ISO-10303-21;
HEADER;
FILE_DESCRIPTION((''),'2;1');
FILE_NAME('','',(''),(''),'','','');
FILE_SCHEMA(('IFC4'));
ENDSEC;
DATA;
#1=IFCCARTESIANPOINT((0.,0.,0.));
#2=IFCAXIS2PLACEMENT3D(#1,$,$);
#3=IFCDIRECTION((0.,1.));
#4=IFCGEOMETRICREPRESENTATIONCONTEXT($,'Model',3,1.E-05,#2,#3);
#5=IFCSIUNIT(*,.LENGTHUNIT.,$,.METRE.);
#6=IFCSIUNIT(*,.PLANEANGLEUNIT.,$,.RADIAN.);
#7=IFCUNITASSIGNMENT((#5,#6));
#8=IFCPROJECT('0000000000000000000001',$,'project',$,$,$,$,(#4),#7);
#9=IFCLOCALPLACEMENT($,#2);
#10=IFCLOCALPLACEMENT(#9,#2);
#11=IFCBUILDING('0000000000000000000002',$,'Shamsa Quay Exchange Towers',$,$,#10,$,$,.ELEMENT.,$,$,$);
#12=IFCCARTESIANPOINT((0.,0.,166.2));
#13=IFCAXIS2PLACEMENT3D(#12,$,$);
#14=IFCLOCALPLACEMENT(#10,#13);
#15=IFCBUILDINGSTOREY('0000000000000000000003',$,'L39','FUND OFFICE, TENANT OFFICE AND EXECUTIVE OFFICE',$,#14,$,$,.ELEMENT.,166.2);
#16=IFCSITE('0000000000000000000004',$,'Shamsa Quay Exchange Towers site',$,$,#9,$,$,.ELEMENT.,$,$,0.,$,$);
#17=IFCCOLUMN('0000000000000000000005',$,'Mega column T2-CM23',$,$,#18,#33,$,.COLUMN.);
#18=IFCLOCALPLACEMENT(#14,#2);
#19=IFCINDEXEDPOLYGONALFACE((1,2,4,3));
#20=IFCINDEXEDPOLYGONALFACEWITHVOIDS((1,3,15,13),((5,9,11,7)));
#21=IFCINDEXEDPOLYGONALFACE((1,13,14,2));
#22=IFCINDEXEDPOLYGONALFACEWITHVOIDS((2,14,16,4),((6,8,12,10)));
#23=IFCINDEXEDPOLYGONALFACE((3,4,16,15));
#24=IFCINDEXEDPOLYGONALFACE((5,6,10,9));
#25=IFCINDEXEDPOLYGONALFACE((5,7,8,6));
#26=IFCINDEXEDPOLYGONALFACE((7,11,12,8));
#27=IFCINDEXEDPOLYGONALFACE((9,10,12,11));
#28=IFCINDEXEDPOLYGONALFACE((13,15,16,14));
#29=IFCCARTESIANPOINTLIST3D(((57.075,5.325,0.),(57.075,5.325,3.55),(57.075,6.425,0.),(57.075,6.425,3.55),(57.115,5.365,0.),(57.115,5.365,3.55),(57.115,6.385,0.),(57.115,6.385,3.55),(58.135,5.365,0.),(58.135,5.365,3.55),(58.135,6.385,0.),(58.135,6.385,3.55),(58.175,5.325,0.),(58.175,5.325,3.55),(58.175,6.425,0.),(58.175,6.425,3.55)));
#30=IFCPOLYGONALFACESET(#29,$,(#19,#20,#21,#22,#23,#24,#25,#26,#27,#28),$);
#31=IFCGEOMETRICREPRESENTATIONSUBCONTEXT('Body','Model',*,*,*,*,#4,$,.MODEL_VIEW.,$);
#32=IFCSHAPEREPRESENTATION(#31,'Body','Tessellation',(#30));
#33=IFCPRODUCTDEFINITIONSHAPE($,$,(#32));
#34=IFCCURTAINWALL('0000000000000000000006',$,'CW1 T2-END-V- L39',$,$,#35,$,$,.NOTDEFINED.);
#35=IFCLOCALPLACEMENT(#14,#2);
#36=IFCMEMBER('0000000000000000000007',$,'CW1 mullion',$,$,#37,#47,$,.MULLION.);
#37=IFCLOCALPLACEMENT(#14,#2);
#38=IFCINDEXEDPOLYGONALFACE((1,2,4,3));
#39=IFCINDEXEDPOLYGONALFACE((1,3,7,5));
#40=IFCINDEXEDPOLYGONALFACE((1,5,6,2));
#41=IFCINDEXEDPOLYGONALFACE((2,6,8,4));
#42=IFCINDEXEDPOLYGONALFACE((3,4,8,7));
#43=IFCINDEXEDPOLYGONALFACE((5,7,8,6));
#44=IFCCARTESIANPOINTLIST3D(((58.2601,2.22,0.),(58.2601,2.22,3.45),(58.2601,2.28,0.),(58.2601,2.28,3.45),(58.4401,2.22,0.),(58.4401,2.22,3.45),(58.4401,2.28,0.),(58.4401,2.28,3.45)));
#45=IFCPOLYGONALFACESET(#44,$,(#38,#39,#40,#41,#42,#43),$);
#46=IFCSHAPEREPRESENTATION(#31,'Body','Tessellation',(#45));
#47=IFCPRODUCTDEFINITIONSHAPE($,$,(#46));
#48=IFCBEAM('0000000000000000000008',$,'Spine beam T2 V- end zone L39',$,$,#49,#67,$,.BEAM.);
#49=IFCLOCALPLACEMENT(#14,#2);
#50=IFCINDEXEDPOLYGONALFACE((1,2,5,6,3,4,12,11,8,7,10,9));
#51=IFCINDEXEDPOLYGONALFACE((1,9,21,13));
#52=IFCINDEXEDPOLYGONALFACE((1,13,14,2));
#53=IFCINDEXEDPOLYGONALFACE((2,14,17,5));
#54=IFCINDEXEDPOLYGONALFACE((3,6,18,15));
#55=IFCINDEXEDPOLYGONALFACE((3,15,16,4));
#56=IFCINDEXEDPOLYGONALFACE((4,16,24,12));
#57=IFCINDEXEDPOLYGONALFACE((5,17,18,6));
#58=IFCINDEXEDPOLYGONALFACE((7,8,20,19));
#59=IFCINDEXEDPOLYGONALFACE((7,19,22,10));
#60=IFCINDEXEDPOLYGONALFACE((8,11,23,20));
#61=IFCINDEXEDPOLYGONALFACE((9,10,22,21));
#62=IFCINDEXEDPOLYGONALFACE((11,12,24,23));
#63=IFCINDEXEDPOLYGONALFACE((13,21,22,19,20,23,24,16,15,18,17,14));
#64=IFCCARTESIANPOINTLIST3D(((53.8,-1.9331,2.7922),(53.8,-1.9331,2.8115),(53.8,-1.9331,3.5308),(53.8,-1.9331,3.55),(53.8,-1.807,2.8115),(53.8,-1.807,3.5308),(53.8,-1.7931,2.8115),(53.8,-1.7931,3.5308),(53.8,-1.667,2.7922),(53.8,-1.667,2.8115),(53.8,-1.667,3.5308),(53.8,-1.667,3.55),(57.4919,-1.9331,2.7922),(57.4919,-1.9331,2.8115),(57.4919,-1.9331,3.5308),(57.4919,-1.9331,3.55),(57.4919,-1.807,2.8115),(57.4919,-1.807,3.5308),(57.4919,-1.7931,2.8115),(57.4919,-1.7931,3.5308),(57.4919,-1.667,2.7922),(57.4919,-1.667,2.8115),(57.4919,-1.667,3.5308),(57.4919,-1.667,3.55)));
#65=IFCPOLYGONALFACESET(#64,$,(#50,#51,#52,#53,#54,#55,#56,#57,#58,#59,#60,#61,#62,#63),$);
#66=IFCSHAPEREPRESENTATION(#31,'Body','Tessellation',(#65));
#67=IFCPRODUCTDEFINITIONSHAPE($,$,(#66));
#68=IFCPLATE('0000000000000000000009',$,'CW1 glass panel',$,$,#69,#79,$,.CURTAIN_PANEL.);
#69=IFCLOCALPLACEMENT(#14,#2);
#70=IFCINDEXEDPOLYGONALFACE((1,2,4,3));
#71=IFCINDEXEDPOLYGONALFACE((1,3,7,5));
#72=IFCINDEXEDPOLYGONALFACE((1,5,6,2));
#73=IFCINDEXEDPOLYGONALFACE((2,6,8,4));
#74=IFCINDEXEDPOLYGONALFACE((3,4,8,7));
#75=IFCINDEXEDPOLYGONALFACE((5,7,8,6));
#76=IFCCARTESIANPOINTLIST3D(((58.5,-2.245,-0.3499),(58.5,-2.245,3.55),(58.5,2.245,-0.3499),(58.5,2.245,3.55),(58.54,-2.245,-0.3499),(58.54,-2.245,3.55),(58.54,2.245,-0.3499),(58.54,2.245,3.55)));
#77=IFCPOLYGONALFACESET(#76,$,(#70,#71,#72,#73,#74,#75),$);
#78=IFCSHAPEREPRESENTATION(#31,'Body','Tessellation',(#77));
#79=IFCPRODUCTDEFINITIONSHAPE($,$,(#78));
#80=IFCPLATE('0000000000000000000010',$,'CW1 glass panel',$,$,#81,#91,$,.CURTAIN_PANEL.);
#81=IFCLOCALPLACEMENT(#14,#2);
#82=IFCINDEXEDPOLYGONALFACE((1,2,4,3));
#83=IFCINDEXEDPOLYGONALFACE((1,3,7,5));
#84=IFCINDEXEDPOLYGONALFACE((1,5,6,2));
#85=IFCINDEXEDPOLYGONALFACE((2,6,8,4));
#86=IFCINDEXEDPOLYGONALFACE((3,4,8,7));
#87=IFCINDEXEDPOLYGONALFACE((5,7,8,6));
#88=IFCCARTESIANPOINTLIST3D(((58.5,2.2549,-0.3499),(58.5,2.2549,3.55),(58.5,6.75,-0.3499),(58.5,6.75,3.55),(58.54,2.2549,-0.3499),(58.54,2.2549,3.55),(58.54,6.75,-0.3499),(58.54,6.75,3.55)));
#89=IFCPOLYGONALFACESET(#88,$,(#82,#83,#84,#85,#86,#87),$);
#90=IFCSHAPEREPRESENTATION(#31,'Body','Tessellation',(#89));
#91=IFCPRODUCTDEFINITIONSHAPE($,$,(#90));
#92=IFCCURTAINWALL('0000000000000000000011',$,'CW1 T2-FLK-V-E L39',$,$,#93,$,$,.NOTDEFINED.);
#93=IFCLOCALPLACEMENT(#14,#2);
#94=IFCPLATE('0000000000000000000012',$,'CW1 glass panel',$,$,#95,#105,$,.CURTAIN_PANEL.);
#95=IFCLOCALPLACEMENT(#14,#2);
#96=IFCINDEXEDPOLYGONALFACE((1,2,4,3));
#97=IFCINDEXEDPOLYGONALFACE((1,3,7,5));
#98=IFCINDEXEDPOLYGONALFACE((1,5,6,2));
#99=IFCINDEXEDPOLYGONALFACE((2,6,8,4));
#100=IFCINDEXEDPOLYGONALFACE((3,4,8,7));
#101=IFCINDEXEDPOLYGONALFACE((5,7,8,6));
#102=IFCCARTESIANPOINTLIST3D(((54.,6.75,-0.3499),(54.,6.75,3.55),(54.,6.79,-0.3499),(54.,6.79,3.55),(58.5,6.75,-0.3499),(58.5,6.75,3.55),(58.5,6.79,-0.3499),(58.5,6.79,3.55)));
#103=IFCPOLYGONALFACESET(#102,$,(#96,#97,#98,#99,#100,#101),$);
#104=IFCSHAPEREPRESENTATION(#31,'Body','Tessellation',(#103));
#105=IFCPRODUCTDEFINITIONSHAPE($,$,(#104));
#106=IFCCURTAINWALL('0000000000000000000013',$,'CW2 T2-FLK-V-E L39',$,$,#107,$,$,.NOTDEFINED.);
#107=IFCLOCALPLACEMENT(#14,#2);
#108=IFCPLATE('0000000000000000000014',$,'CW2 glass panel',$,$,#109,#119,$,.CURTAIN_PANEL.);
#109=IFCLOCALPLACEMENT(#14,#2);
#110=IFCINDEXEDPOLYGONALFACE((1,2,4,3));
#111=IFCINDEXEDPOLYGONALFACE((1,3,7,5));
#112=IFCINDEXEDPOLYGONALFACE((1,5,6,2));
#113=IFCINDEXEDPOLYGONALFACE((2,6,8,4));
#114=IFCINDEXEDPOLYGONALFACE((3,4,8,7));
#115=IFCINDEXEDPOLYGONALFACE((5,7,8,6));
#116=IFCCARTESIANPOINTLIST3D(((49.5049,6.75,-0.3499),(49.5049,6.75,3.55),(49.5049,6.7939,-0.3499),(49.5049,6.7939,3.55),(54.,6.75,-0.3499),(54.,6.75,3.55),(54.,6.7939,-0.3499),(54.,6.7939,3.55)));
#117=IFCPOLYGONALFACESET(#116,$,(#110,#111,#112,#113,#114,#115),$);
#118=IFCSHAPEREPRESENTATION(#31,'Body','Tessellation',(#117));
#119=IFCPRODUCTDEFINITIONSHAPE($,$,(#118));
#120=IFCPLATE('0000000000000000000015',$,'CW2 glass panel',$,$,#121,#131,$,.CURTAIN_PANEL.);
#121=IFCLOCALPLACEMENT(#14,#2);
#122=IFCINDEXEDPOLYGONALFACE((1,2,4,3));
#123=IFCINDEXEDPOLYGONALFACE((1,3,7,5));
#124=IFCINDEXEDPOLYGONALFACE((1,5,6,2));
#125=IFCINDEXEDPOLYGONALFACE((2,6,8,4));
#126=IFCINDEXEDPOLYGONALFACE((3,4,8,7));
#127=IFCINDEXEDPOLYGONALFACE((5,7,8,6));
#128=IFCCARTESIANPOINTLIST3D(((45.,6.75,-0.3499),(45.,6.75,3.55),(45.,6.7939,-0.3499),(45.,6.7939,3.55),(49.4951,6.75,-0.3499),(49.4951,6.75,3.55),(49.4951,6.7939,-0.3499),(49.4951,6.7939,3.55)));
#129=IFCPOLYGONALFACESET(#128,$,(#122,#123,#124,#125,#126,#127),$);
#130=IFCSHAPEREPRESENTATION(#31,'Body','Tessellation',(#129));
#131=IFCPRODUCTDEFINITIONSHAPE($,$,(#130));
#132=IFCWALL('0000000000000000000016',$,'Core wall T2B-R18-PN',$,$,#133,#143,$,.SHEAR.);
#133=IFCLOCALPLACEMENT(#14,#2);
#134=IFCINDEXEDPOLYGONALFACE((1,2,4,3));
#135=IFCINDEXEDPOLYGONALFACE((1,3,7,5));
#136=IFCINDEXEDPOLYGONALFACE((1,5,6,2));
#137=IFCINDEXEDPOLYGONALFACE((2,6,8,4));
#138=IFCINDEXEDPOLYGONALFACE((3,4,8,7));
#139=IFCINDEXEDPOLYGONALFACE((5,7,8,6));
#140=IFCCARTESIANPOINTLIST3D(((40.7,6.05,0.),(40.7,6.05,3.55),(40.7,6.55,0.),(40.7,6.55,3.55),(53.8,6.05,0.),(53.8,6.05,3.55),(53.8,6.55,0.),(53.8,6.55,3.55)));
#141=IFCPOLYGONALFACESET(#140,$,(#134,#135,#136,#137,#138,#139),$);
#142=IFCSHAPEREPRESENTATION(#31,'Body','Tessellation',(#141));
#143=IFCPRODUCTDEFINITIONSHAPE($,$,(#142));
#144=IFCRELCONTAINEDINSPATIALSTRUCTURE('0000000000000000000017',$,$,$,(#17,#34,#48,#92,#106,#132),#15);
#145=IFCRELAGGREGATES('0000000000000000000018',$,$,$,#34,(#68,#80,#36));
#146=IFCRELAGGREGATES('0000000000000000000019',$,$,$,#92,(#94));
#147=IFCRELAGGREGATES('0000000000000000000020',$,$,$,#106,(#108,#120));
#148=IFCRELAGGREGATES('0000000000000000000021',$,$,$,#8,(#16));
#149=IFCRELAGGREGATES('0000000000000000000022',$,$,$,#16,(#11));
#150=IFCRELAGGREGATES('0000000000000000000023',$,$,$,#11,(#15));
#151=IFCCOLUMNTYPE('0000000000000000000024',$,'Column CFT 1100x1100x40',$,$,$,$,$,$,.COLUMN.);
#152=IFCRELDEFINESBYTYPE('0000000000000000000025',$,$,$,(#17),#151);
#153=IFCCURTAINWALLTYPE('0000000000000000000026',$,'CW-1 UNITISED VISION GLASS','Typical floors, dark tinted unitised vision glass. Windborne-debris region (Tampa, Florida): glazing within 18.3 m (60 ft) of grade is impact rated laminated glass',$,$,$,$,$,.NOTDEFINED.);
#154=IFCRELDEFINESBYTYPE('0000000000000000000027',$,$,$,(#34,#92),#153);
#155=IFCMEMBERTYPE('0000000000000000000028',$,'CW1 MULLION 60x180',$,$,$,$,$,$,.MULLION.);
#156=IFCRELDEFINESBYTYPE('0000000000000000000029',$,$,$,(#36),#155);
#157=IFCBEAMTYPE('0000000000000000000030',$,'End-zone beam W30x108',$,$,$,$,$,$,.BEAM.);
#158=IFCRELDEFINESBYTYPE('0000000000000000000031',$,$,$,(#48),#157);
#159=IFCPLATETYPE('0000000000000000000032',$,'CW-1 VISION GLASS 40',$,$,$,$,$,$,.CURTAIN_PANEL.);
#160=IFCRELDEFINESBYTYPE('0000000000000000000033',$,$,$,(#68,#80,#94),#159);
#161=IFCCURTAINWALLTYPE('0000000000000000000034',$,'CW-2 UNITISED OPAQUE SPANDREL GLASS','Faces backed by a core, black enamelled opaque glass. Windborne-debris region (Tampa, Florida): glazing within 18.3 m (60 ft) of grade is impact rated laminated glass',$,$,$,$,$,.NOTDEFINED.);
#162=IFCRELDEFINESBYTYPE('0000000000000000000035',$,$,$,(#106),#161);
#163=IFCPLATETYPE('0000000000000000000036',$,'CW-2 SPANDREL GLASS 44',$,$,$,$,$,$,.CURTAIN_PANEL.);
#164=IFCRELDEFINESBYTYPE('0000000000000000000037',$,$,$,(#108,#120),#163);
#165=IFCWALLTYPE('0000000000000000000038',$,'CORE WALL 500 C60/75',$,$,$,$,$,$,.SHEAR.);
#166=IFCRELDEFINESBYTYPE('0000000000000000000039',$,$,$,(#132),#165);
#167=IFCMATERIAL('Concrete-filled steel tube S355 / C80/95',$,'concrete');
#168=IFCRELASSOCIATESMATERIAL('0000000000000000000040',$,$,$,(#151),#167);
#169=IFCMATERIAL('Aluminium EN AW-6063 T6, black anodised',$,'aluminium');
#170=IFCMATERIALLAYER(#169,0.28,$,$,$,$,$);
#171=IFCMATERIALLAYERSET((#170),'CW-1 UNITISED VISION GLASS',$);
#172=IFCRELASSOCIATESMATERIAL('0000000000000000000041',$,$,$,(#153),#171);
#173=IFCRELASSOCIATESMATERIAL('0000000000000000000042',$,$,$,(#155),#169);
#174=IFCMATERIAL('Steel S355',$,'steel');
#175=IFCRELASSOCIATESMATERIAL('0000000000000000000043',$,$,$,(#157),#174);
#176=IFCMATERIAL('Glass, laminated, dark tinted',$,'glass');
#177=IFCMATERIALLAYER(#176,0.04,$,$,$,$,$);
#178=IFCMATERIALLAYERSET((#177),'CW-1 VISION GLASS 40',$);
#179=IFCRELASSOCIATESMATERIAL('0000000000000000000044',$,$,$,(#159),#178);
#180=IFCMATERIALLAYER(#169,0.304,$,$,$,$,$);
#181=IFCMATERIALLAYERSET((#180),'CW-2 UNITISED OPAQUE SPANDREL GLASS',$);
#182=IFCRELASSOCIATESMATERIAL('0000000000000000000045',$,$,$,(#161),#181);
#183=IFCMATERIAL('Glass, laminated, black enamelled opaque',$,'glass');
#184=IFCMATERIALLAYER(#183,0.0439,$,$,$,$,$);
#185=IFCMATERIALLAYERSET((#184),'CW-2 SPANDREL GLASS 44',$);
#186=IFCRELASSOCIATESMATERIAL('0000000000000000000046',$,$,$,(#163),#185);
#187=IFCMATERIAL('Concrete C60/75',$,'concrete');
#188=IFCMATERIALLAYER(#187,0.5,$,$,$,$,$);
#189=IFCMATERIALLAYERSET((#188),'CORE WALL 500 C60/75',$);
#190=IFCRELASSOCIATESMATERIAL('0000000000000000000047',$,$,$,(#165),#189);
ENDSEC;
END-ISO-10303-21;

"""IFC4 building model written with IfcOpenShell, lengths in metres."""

from ifc_helpers import new_model, si_unit, direction, frame, frame_2d, origin, origin_2d, place, context, subcontext, project, spatial, rectangle, hollow_rectangle, i_section, extrude, material, layer, layer_set, material_profile, profile_set, type_object, element, aggregate, save


model = new_model("IFC4")

# Units and contexts
model_context = context("Model", 3, precision=1e-05, world=origin(), true_north=direction((0.0, 1.0)))
body_context = subcontext(model_context, "Body", "Model", "MODEL_VIEW")
ifc_project = project(units=[si_unit("LENGTHUNIT", "METRE"), si_unit("PLANEANGLEUNIT", "RADIAN")], contexts=[model_context])

# Site, building, storey
site_placement = place(None, origin())
site = spatial("IfcSite", under=ifc_project, at=site_placement, Name="Shamsa Quay Exchange Towers site", CompositionType="ELEMENT", RefElevation=0.0)
building_placement = place(site_placement, origin())
building = spatial("IfcBuilding", under=site, at=building_placement, Name="Shamsa Quay Exchange Towers", CompositionType="ELEMENT")
storey_placement = place(building_placement, frame((0.0, 0.0, 166.2)))
storey = spatial("IfcBuildingStorey", under=building, at=storey_placement, Name="L39", Description="FUND OFFICE, TENANT OFFICE AND EXECUTIVE OFFICE", CompositionType="ELEMENT", Elevation=166.2)

# Column
ifc_material_1 = material(Name="Concrete-filled steel tube S355 / C80/95", Category="concrete")
ifc_material_profile_1 = material_profile(ifc_material_1, hollow_rectangle(XDim=1.1001, YDim=1.1001, WallThickness=0.04, at=origin_2d()), Name="CFT 1100x1100x40")
ifc_profile_set_1 = profile_set([ifc_material_profile_1], Name="Concrete-filled steel tube S355 / C80/95")
column_type = type_object("IfcColumnType", Name="Column CFT 1100x1100x40", PredefinedType="COLUMN", material=ifc_profile_set_1)
column_placement = place(storey_placement, frame((57.625, 5.875, 0.0)))
element("IfcColumn", 1, at=column_placement, inside=storey, type_object=column_type, Name="Mega column T2-CM23", PredefinedType="COLUMN", context=body_context, shape_type="SweptSolid", body=[
    extrude(hollow_rectangle(XDim=1.1001, YDim=1.1001, WallThickness=0.04, at=origin_2d()), origin(), (0.0, 0.0, 1.0), 3.55),
])

# Curtain wall, member
ifc_material_2 = material(Name="Aluminium EN AW-6063 T6, black anodised", Category="aluminium")
ifc_layer_1 = layer(ifc_material_2, 0.28)
ifc_layer_set_1 = layer_set([ifc_layer_1], Name="CW-1 UNITISED VISION GLASS")
curtain_wall_type_1 = type_object("IfcCurtainWallType", Name="CW-1 UNITISED VISION GLASS", Description="Typical floors, dark tinted unitised vision glass. Windborne-debris region (Tampa, Florida): glazing within 18.3 m (60 ft) of grade is impact rated laminated glass", PredefinedType="NOTDEFINED", material=ifc_layer_set_1)
curtain_wall_1_placement = place(storey_placement, origin())
curtain_wall_1 = element("IfcCurtainWall", 2, at=curtain_wall_1_placement, inside=storey, type_object=curtain_wall_type_1, Name="CW1 T2-END-V- L39", PredefinedType="NOTDEFINED")
ifc_material_profile_2 = material_profile(ifc_material_2, rectangle(XDim=0.1799, YDim=0.0601, at=origin_2d()), Name="MU60x180")
ifc_profile_set_2 = profile_set([ifc_material_profile_2], Name="Aluminium EN AW-6063 T6, black anodised")
member_type = type_object("IfcMemberType", Name="CW1 MULLION 60x180", PredefinedType="MULLION", material=ifc_profile_set_2)
member_placement = place(storey_placement, frame((58.3501, 2.25, 0.0), z_axis=(0.0, 0.0, 1.0), x_axis=(-1.0, 0.0, 0.0)))
member = element("IfcMember", 3, at=member_placement, type_object=member_type, Name="CW1 mullion", PredefinedType="MULLION", context=body_context, shape_type="SweptSolid", body=[
    extrude(rectangle(XDim=0.1799, YDim=0.0601, at=origin_2d()), origin(), (0.0, 0.0, 1.0), 3.45),
])

# Beam
ifc_material_3 = material(Name="Steel S355", Category="steel")
ifc_material_profile_3 = material_profile(ifc_material_3, i_section(OverallWidth=0.2661, OverallDepth=0.7578, WebThickness=0.0139, FlangeThickness=0.0193, at=origin_2d()), Name="W30x108")
ifc_profile_set_3 = profile_set([ifc_material_profile_3], Name="Steel S355")
beam_type = type_object("IfcBeamType", Name="End-zone beam W30x108", PredefinedType="BEAM", material=ifc_profile_set_3)
beam_placement = place(storey_placement, frame((53.8, -1.8, 3.1711), z_axis=(1.0, 0.0, 0.0), x_axis=(0.0, 1.0, 0.0)))
element("IfcBeam", 4, at=beam_placement, inside=storey, type_object=beam_type, Name="Spine beam T2 V- end zone L39", PredefinedType="BEAM", context=body_context, shape_type="SweptSolid", body=[
    extrude(i_section(OverallWidth=0.2661, OverallDepth=0.7578, WebThickness=0.0139, FlangeThickness=0.0193, at=origin_2d()), origin(), (0.0, 0.0, 1.0), 3.6919),
])

# Plates
ifc_material_4 = material(Name="Glass, laminated, dark tinted", Category="glass")
ifc_layer_2 = layer(ifc_material_4, 0.04)
ifc_layer_set_2 = layer_set([ifc_layer_2], Name="CW-1 VISION GLASS 40")
plate_type_1 = type_object("IfcPlateType", Name="CW-1 VISION GLASS 40", PredefinedType="CURTAIN_PANEL", material=ifc_layer_set_2)
plate_1_placement = place(storey_placement, frame((58.52, 0.0, -0.3499), z_axis=(0.0, 0.0, 1.0), x_axis=(0.0, 1.0, 0.0)))
plate_1 = element("IfcPlate", 5, at=plate_1_placement, type_object=plate_type_1, Name="CW1 glass panel", PredefinedType="CURTAIN_PANEL", context=body_context, shape_type="SweptSolid", body=[
    extrude(rectangle(XDim=4.49, YDim=0.04, at=origin_2d()), origin(), (0.0, 0.0, 1.0), 3.8999),
])
plate_2_placement = place(storey_placement, frame((58.52, 4.5024, -0.3499), z_axis=(0.0, 0.0, 1.0), x_axis=(0.0, 1.0, 0.0)))
plate_2 = element("IfcPlate", 6, at=plate_2_placement, type_object=plate_type_1, Name="CW1 glass panel", PredefinedType="CURTAIN_PANEL", context=body_context, shape_type="SweptSolid", body=[
    extrude(rectangle(XDim=4.4951, YDim=0.04, at=origin_2d()), origin(), (0.0, 0.0, 1.0), 3.8999),
])
aggregate(curtain_wall_1, [plate_1, plate_2, member])

# Curtain wall, plate
curtain_wall_2_placement = place(storey_placement, origin())
curtain_wall_2 = element("IfcCurtainWall", 7, at=curtain_wall_2_placement, inside=storey, type_object=curtain_wall_type_1, Name="CW1 T2-FLK-V-E L39", PredefinedType="NOTDEFINED")
plate_3_placement = place(storey_placement, frame((56.25, 6.77, -0.3499), z_axis=(0.0, 0.0, 1.0), x_axis=(-1.0, 0.0, 0.0)))
plate_3 = element("IfcPlate", 8, at=plate_3_placement, type_object=plate_type_1, Name="CW1 glass panel", PredefinedType="CURTAIN_PANEL", context=body_context, shape_type="SweptSolid", body=[
    extrude(rectangle(XDim=4.5, YDim=0.04, at=origin_2d()), origin(), (0.0, 0.0, 1.0), 3.8999),
])
aggregate(curtain_wall_2, [plate_3])

# Curtain wall, plates
ifc_layer_3 = layer(ifc_material_2, 0.304)
ifc_layer_set_3 = layer_set([ifc_layer_3], Name="CW-2 UNITISED OPAQUE SPANDREL GLASS")
curtain_wall_type_2 = type_object("IfcCurtainWallType", Name="CW-2 UNITISED OPAQUE SPANDREL GLASS", Description="Faces backed by a core, black enamelled opaque glass. Windborne-debris region (Tampa, Florida): glazing within 18.3 m (60 ft) of grade is impact rated laminated glass", PredefinedType="NOTDEFINED", material=ifc_layer_set_3)
curtain_wall_3_placement = place(storey_placement, origin())
curtain_wall_3 = element("IfcCurtainWall", 9, at=curtain_wall_3_placement, inside=storey, type_object=curtain_wall_type_2, Name="CW2 T2-FLK-V-E L39", PredefinedType="NOTDEFINED")
ifc_material_5 = material(Name="Glass, laminated, black enamelled opaque", Category="glass")
ifc_layer_4 = layer(ifc_material_5, 0.0439)
ifc_layer_set_4 = layer_set([ifc_layer_4], Name="CW-2 SPANDREL GLASS 44")
plate_type_2 = type_object("IfcPlateType", Name="CW-2 SPANDREL GLASS 44", PredefinedType="CURTAIN_PANEL", material=ifc_layer_set_4)
plate_4_placement = place(storey_placement, frame((51.7524, 6.772, -0.3499), z_axis=(0.0, 0.0, 1.0), x_axis=(-1.0, 0.0, 0.0)))
plate_4 = element("IfcPlate", 10, at=plate_4_placement, type_object=plate_type_2, Name="CW2 glass panel", PredefinedType="CURTAIN_PANEL", context=body_context, shape_type="SweptSolid", body=[
    extrude(rectangle(XDim=4.4951, YDim=0.0439, at=origin_2d()), origin(), (0.0, 0.0, 1.0), 3.8999),
])
plate_5_placement = place(storey_placement, frame((47.2476, 6.772, -0.3499), z_axis=(0.0, 0.0, 1.0), x_axis=(-1.0, 0.0, 0.0)))
plate_5 = element("IfcPlate", 11, at=plate_5_placement, type_object=plate_type_2, Name="CW2 glass panel", PredefinedType="CURTAIN_PANEL", context=body_context, shape_type="SweptSolid", body=[
    extrude(rectangle(XDim=4.4951, YDim=0.0439, at=origin_2d()), origin(), (0.0, 0.0, 1.0), 3.8999),
])
aggregate(curtain_wall_3, [plate_4, plate_5])

# Wall
ifc_material_6 = material(Name="Concrete C60/75", Category="concrete")
ifc_layer_5 = layer(ifc_material_6, 0.5)
ifc_layer_set_5 = layer_set([ifc_layer_5], Name="CORE WALL 500 C60/75")
wall_type_1 = type_object("IfcWallType", Name="CORE WALL 500 C60/75", PredefinedType="SHEAR", material=ifc_layer_set_5)
wall_1_placement = place(storey_placement, frame((53.8, 6.3, 0.0), z_axis=(0.0, 0.0, 1.0), x_axis=(-1.0, 0.0, 0.0)))
element("IfcWall", 12, at=wall_1_placement, inside=storey, type_object=wall_type_1, Name="Core wall T2B-R18-PN", PredefinedType="SHEAR", context=body_context, shape_type="SweptSolid", body=[
    extrude(rectangle(XDim=13.1001, YDim=0.5, at=frame_2d((6.55, 0.0))), origin(), (0.0, 0.0, 1.0), 3.55),
])

save(model, "model.ifc")
